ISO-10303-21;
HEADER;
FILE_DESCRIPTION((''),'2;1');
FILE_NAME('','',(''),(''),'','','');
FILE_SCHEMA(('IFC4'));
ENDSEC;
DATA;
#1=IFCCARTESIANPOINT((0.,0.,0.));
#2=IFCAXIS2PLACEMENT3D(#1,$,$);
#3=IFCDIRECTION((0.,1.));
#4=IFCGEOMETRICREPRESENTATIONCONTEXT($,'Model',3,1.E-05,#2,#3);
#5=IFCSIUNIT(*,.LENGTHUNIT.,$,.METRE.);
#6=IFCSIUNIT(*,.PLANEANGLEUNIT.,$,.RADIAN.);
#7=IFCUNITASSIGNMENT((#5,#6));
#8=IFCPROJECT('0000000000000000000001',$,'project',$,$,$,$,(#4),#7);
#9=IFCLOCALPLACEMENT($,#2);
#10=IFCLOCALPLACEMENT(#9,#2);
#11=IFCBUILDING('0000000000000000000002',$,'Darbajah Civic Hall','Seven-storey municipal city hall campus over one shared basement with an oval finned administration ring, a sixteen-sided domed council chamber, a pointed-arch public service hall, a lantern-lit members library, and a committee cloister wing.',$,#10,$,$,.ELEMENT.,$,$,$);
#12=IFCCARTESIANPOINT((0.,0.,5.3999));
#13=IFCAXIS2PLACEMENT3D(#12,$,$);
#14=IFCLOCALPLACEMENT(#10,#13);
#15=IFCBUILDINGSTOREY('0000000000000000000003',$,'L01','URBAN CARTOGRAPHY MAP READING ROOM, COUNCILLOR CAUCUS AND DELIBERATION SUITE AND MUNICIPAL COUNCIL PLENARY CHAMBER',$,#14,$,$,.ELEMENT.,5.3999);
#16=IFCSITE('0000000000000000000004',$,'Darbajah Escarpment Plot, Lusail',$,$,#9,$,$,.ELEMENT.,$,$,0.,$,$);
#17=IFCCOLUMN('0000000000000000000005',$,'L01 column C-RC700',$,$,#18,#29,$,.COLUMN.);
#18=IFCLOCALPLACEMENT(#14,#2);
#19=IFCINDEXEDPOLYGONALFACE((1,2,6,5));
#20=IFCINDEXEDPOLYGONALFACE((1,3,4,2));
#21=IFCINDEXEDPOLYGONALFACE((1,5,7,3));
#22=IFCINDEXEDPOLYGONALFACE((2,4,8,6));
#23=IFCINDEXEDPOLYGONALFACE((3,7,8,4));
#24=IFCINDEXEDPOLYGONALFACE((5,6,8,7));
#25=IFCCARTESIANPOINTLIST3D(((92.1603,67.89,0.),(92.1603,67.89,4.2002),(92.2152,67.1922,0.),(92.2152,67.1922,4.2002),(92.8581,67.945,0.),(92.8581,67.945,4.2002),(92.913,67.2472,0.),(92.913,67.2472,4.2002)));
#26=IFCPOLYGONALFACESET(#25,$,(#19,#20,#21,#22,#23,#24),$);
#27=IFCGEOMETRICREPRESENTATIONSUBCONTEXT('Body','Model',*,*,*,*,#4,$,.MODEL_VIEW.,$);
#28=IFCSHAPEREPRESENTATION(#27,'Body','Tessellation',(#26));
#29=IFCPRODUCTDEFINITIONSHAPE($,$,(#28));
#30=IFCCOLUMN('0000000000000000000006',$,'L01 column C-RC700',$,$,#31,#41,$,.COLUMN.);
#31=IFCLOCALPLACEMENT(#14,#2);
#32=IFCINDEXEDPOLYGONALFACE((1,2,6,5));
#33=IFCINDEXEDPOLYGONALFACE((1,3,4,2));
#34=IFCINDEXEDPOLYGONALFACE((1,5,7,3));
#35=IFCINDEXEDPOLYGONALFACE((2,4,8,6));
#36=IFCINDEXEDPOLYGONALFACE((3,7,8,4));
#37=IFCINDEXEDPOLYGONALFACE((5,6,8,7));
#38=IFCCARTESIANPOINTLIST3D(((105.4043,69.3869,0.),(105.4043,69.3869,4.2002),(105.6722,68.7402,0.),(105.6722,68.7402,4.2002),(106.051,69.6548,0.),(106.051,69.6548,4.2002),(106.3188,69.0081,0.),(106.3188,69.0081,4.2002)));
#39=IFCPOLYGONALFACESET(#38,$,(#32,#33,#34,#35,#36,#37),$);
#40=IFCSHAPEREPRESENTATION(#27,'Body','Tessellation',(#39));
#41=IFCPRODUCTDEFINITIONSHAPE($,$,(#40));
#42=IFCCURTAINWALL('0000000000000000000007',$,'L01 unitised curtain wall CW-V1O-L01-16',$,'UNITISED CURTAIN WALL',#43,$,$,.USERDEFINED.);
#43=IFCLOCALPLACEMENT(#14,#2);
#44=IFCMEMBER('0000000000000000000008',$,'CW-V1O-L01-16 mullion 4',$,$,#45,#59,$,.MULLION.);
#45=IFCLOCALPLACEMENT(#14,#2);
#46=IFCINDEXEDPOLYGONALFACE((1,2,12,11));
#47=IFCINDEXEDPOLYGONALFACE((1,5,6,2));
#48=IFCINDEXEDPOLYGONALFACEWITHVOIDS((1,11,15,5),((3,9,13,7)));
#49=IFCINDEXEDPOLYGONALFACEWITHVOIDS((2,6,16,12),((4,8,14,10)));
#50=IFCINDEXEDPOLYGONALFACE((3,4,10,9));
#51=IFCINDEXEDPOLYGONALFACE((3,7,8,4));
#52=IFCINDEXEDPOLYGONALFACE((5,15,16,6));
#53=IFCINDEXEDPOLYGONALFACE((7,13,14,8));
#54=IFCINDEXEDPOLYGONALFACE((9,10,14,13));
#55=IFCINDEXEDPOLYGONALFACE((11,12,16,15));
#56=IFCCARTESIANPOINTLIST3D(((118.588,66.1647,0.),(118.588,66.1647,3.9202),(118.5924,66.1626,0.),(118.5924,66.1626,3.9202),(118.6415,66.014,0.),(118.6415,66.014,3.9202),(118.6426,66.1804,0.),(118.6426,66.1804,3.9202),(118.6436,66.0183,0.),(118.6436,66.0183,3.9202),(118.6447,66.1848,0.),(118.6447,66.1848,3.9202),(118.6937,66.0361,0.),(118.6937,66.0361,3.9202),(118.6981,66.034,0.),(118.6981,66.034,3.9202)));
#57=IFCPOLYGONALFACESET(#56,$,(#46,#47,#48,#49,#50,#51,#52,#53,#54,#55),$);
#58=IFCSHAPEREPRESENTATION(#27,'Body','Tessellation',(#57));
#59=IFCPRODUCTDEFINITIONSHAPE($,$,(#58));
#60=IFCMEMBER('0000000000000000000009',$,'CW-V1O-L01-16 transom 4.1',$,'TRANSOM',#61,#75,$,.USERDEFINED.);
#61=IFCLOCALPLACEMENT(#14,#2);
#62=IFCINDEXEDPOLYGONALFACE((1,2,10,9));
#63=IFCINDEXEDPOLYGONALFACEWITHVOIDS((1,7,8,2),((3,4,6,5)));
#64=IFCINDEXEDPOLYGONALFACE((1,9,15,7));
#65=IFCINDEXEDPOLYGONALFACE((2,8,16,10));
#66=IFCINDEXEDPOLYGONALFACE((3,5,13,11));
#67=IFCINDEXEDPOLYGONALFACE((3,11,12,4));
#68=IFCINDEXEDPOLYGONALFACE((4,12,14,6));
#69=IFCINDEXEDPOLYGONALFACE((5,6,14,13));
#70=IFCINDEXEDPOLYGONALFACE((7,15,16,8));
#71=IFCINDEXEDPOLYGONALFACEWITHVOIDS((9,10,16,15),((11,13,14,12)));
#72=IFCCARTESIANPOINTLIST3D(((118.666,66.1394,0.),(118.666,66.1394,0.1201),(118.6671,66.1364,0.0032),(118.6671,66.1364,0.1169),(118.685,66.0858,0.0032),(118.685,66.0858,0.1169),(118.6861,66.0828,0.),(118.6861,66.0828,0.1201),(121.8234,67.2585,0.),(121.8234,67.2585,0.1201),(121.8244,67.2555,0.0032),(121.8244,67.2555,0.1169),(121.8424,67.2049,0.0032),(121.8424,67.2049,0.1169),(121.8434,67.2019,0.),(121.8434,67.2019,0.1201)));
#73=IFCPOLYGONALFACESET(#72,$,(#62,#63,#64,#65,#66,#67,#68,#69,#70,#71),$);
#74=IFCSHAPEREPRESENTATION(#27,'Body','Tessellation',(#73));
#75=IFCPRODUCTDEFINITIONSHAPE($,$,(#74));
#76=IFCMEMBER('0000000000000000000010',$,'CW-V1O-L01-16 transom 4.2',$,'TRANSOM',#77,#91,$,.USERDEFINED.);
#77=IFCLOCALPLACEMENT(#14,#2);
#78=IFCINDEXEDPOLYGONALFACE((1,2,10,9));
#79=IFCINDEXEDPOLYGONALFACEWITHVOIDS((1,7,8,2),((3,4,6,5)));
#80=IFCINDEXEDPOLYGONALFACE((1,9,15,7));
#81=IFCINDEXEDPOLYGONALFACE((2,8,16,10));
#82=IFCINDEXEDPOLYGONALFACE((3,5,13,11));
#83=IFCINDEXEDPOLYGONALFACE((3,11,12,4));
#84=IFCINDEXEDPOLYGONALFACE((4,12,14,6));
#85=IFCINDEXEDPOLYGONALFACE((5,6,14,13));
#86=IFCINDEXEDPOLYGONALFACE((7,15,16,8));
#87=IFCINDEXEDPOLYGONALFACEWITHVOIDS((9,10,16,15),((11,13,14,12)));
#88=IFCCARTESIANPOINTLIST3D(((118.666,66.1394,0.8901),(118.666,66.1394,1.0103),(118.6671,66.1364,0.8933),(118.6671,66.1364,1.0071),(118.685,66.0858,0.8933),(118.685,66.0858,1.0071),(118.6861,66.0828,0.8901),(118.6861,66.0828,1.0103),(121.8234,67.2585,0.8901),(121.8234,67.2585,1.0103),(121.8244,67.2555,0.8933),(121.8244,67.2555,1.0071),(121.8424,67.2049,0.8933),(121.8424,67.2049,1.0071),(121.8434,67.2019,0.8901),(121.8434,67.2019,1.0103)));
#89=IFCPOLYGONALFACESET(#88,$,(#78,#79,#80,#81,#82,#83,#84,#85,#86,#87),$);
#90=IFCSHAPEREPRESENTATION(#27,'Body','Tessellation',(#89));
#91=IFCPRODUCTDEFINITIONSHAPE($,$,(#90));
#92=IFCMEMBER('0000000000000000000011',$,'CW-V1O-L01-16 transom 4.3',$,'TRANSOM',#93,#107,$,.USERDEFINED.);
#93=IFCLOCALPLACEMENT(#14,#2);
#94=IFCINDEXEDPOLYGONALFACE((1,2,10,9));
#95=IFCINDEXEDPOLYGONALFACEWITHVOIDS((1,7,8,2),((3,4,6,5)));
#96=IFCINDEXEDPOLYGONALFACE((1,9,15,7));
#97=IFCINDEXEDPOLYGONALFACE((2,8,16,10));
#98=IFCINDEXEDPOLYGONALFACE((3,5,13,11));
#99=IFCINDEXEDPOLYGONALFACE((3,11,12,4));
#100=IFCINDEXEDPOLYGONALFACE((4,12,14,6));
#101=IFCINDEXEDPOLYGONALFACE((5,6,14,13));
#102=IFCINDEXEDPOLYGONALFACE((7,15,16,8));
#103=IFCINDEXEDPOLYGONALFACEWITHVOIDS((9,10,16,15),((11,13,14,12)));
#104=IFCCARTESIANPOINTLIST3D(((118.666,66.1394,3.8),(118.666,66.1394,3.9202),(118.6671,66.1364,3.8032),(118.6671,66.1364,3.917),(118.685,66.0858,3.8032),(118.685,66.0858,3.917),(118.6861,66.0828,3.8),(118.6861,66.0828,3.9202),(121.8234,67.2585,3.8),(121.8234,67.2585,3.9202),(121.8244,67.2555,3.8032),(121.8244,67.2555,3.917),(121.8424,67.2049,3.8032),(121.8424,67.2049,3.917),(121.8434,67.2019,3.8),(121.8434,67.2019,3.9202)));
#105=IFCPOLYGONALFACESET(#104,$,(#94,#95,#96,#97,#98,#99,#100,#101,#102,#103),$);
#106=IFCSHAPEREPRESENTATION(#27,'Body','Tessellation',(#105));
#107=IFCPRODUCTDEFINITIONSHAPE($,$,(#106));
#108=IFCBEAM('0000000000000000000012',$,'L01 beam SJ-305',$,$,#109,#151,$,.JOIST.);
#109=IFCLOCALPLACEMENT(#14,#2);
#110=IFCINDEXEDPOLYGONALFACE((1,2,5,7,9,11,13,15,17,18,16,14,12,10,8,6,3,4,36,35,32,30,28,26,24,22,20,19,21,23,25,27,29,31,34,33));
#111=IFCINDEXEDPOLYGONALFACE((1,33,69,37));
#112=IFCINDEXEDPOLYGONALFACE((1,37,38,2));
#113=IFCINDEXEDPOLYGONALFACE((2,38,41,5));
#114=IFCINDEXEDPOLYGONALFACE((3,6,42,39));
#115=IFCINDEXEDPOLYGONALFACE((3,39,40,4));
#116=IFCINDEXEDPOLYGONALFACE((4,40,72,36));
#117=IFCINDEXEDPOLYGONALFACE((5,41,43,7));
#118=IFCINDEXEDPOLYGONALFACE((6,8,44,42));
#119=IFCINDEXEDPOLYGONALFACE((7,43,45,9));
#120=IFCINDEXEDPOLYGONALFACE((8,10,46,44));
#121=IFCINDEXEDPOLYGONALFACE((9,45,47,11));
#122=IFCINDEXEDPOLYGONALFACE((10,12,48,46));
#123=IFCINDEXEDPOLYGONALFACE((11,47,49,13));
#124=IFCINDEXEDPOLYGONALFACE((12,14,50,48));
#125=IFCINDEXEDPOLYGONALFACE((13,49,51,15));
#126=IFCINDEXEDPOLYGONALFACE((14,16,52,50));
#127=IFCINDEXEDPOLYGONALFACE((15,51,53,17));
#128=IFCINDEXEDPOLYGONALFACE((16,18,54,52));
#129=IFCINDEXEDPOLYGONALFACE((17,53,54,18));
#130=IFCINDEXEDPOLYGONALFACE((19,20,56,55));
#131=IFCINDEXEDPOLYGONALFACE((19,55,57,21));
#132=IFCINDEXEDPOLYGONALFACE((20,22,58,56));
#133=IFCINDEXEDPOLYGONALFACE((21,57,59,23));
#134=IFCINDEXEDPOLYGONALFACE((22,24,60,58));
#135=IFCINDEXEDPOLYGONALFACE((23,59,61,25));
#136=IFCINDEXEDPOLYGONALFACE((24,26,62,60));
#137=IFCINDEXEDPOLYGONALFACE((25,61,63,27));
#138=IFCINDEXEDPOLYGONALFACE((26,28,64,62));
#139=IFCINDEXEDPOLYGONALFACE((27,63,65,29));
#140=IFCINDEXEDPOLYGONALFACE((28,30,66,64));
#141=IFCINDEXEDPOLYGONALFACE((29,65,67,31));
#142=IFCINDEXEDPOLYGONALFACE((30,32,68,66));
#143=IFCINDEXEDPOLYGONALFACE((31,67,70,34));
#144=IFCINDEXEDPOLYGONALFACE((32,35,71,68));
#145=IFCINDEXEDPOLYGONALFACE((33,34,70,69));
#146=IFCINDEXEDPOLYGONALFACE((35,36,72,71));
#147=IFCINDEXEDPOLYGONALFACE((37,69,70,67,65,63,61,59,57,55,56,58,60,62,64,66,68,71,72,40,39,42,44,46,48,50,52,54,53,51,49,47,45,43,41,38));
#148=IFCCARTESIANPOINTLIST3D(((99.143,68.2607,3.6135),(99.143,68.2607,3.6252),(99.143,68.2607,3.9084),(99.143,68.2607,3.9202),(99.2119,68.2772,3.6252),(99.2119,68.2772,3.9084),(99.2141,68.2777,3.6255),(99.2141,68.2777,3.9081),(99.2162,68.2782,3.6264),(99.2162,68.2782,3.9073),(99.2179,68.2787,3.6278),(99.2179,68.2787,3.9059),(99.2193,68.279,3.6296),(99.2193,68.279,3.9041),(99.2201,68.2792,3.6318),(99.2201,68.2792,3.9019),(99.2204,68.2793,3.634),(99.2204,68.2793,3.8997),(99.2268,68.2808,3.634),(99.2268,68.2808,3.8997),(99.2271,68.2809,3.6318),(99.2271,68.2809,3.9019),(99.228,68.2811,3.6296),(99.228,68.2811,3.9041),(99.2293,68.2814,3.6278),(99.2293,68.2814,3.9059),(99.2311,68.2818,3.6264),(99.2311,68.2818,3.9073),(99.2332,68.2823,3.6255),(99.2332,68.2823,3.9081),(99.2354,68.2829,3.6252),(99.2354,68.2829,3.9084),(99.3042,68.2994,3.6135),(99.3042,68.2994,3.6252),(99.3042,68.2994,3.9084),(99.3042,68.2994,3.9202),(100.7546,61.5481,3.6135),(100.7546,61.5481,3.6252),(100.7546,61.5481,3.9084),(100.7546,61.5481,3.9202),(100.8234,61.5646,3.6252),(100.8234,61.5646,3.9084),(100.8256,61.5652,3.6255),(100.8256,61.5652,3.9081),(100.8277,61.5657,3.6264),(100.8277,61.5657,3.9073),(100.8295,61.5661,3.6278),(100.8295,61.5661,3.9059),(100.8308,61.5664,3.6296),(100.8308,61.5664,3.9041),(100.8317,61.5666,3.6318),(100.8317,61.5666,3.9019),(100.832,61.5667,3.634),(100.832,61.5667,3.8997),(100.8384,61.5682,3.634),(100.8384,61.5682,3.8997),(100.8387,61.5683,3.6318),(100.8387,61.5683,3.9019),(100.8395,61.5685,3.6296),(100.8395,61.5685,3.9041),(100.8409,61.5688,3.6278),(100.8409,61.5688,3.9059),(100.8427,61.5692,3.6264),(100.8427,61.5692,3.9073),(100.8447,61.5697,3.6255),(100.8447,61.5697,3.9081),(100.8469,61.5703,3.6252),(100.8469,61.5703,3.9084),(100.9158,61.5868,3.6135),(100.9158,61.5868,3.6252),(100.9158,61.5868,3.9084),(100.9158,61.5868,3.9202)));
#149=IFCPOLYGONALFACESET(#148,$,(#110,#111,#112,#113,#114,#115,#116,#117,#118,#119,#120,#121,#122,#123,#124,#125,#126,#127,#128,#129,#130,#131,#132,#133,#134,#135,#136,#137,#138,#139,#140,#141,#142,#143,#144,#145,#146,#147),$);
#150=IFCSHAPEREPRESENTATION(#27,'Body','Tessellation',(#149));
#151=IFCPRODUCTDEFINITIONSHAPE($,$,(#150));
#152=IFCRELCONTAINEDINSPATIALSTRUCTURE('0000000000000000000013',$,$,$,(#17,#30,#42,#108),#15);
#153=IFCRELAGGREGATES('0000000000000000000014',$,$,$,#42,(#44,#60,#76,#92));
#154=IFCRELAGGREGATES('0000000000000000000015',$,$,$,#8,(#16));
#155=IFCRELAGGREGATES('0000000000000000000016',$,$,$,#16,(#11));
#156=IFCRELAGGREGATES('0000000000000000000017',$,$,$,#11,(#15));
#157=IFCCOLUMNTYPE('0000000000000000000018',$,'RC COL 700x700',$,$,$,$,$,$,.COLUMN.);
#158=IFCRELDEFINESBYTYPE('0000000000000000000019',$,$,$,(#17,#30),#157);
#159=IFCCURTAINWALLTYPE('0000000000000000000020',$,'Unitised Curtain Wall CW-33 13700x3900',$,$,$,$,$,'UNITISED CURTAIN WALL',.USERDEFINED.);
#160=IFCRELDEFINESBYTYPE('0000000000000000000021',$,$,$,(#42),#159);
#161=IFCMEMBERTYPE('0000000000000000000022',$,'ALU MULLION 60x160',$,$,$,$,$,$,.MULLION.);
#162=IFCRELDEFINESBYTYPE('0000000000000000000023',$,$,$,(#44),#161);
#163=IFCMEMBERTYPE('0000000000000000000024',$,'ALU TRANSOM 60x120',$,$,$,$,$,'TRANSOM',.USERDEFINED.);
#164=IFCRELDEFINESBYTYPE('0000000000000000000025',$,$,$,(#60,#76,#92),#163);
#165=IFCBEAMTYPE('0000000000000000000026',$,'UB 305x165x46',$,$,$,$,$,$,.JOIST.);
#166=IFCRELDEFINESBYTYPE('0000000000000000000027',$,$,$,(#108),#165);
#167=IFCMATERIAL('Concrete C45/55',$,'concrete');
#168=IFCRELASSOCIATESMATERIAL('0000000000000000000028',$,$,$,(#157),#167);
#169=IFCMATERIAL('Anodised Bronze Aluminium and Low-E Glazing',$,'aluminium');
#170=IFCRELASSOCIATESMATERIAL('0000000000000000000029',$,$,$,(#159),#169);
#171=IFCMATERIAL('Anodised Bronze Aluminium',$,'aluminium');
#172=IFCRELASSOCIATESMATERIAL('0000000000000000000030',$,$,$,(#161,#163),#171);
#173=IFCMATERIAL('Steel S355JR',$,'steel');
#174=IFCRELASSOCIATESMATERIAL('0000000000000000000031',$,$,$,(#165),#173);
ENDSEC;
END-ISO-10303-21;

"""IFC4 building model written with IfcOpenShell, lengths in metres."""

from ifc_helpers import new_model, si_unit, direction, frame, origin, origin_2d, place, context, subcontext, project, spatial, rectangle, hollow_rectangle, i_section, extrude, material, material_profile, profile_set, type_object, element, aggregate, save


model = new_model("IFC4")

# Units and contexts
model_context = context("Model", 3, precision=1e-05, world=origin(), true_north=direction((0.0, 1.0)))
body_context = subcontext(model_context, "Body", "Model", "MODEL_VIEW")
ifc_project = project(units=[si_unit("LENGTHUNIT", "METRE"), si_unit("PLANEANGLEUNIT", "RADIAN")], contexts=[model_context])

# Site, building, storey
site_placement = place(None, origin())
site = spatial("IfcSite", under=ifc_project, at=site_placement, Name="Darbajah Escarpment Plot, Lusail", CompositionType="ELEMENT", RefElevation=0.0)
building_placement = place(site_placement, origin())
building = spatial("IfcBuilding", under=site, at=building_placement, Name="Darbajah Civic Hall", Description="Seven-storey municipal city hall campus over one shared basement with an oval finned administration ring, a sixteen-sided domed council chamber, a pointed-arch public service hall, a lantern-lit members library, and a committee cloister wing.", CompositionType="ELEMENT")
storey_placement = place(building_placement, frame((0.0, 0.0, 5.3999)))
storey = spatial("IfcBuildingStorey", under=building, at=storey_placement, Name="L01", Description="URBAN CARTOGRAPHY MAP READING ROOM, COUNCILLOR CAUCUS AND DELIBERATION SUITE AND MUNICIPAL COUNCIL PLENARY CHAMBER", CompositionType="ELEMENT", Elevation=5.3999)

# Columns
ifc_material_1 = material(Name="Concrete C45/55", Category="concrete")
ifc_material_profile_1 = material_profile(ifc_material_1, rectangle(XDim=0.7, YDim=0.7, at=origin_2d()), Name="RC COL 700x700")
ifc_profile_set_1 = profile_set([ifc_material_profile_1], Name="Concrete C45/55")
column_type = type_object("IfcColumnType", Name="RC COL 700x700", PredefinedType="COLUMN", material=ifc_profile_set_1)
for number, where, z_axis, x_axis, name in (
    (1, (92.5366, 67.5686, 0.0), (0.0, 0.0, 1.0), (0.078459, -0.996917, 0.0), "L01 column C-RC700"),
    (2, (105.8616, 69.1975, 0.0), (0.0, 0.0, 1.0), (0.382683, -0.92388, 0.0), "L01 column C-RC700"),
):
    element("IfcColumn", number, at=place(storey_placement, frame(where, z_axis=z_axis, x_axis=x_axis)), inside=storey, type_object=column_type, Name=name, PredefinedType="COLUMN", context=body_context, shape_type="SweptSolid", body=[
        extrude(rectangle(XDim=0.7, YDim=0.7, at=origin_2d()), origin(), (0.0, 0.0, 1.0), 4.2002),
    ])

# Curtain wall, members
ifc_material_2 = material(Name="Anodised Bronze Aluminium and Low-E Glazing", Category="aluminium")
curtain_wall_type = type_object("IfcCurtainWallType", Name="Unitised Curtain Wall CW-33 13700x3900", ElementType="UNITISED CURTAIN WALL", PredefinedType="USERDEFINED", material=ifc_material_2)
curtain_wall_placement = place(storey_placement, origin())
curtain_wall = element("IfcCurtainWall", 3, at=curtain_wall_placement, inside=storey, type_object=curtain_wall_type, Name="L01 unitised curtain wall CW-V1O-L01-16", ObjectType="UNITISED CURTAIN WALL", PredefinedType="USERDEFINED")
ifc_material_3 = material(Name="Anodised Bronze Aluminium", Category="aluminium")
ifc_material_profile_2 = material_profile(ifc_material_3, hollow_rectangle(XDim=0.0601, YDim=0.1599, WallThickness=0.0034, at=origin_2d()), Name="ALU MULLION 60x160")
ifc_profile_set_2 = profile_set([ifc_material_profile_2], Name="Anodised Bronze Aluminium")
member_type_1 = type_object("IfcMemberType", Name="ALU MULLION 60x160", PredefinedType="MULLION", material=ifc_profile_set_2)
member_1_placement = place(storey_placement, frame((118.6431, 66.0994, 0.0), z_axis=(0.0, 0.0, 1.0), x_axis=(0.942525, 0.334136, 0.0)))
member_1 = element("IfcMember", 4, at=member_1_placement, type_object=member_type_1, Name="CW-V1O-L01-16 mullion 4", PredefinedType="MULLION", context=body_context, shape_type="SweptSolid", body=[
    extrude(hollow_rectangle(XDim=0.0601, YDim=0.1599, WallThickness=0.0034, at=origin_2d()), origin(), (0.0, 0.0, 1.0), 3.9202),
])
ifc_material_profile_3 = material_profile(ifc_material_3, hollow_rectangle(XDim=0.0601, YDim=0.1201, WallThickness=0.0032, at=origin_2d()), Name="ALU TRANSOM 60x120")
ifc_profile_set_3 = profile_set([ifc_material_profile_3], Name="Anodised Bronze Aluminium")
member_type_2 = type_object("IfcMemberType", Name="ALU TRANSOM 60x120", ElementType="TRANSOM", PredefinedType="USERDEFINED", material=ifc_profile_set_3)
member_2_placement = place(storey_placement, frame((118.676, 66.1111, 0.0601), z_axis=(0.942545, 0.334078, 0.0), x_axis=(-0.334078, 0.942545, 0.0)))
member_2 = element("IfcMember", 5, at=member_2_placement, type_object=member_type_2, Name="CW-V1O-L01-16 transom 4.1", ObjectType="TRANSOM", PredefinedType="USERDEFINED", context=body_context, shape_type="SweptSolid", body=[
    extrude(hollow_rectangle(XDim=0.0601, YDim=0.1201, WallThickness=0.0032, at=origin_2d()), origin(), (0.0, 0.0, 1.0), 3.3499),
])
member_3_placement = place(storey_placement, frame((118.676, 66.1111, 0.9502), z_axis=(0.942545, 0.334078, 0.0), x_axis=(-0.334078, 0.942545, 0.0)))
member_3 = element("IfcMember", 6, at=member_3_placement, type_object=member_type_2, Name="CW-V1O-L01-16 transom 4.2", ObjectType="TRANSOM", PredefinedType="USERDEFINED", context=body_context, shape_type="SweptSolid", body=[
    extrude(hollow_rectangle(XDim=0.0601, YDim=0.1201, WallThickness=0.0032, at=origin_2d()), origin(), (0.0, 0.0, 1.0), 3.3499),
])
member_4_placement = place(storey_placement, frame((118.676, 66.1111, 3.8601), z_axis=(0.942545, 0.334078, 0.0), x_axis=(-0.334078, 0.942545, 0.0)))
member_4 = element("IfcMember", 7, at=member_4_placement, type_object=member_type_2, Name="CW-V1O-L01-16 transom 4.3", ObjectType="TRANSOM", PredefinedType="USERDEFINED", context=body_context, shape_type="SweptSolid", body=[
    extrude(hollow_rectangle(XDim=0.0601, YDim=0.1201, WallThickness=0.0032, at=origin_2d()), origin(), (0.0, 0.0, 1.0), 3.3499),
])

# Beam
ifc_material_4 = material(Name="Steel S355JR", Category="steel")
ifc_material_profile_4 = material_profile(ifc_material_4, i_section(OverallWidth=0.1658, OverallDepth=0.3066, WebThickness=0.0066, FlangeThickness=0.0117, FilletRadius=0.0088, at=origin_2d()), Name="UB 305x165x46")
ifc_profile_set_4 = profile_set([ifc_material_profile_4], Name="Steel S355JR")
beam_type_1 = type_object("IfcBeamType", Name="UB 305x165x46", PredefinedType="JOIST", material=ifc_profile_set_4)
beam_1_placement = place(storey_placement, frame((99.2236, 68.28, 3.7668), z_axis=(0.233447, -0.97237, 0.0), x_axis=(0.97237, 0.233447, 0.0)))
element("IfcBeam", 8, at=beam_1_placement, inside=storey, type_object=beam_type_1, Name="L01 beam SJ-305", PredefinedType="JOIST", context=body_context, shape_type="SweptSolid", body=[
    extrude(i_section(OverallWidth=0.1658, OverallDepth=0.3066, WebThickness=0.0066, FlangeThickness=0.0117, FilletRadius=0.0088, at=origin_2d()), origin(), (0.0, 0.0, 1.0), 6.9033),
])

aggregate(curtain_wall, [member_1, member_2, member_3, member_4])

save(model, "model.ifc")
